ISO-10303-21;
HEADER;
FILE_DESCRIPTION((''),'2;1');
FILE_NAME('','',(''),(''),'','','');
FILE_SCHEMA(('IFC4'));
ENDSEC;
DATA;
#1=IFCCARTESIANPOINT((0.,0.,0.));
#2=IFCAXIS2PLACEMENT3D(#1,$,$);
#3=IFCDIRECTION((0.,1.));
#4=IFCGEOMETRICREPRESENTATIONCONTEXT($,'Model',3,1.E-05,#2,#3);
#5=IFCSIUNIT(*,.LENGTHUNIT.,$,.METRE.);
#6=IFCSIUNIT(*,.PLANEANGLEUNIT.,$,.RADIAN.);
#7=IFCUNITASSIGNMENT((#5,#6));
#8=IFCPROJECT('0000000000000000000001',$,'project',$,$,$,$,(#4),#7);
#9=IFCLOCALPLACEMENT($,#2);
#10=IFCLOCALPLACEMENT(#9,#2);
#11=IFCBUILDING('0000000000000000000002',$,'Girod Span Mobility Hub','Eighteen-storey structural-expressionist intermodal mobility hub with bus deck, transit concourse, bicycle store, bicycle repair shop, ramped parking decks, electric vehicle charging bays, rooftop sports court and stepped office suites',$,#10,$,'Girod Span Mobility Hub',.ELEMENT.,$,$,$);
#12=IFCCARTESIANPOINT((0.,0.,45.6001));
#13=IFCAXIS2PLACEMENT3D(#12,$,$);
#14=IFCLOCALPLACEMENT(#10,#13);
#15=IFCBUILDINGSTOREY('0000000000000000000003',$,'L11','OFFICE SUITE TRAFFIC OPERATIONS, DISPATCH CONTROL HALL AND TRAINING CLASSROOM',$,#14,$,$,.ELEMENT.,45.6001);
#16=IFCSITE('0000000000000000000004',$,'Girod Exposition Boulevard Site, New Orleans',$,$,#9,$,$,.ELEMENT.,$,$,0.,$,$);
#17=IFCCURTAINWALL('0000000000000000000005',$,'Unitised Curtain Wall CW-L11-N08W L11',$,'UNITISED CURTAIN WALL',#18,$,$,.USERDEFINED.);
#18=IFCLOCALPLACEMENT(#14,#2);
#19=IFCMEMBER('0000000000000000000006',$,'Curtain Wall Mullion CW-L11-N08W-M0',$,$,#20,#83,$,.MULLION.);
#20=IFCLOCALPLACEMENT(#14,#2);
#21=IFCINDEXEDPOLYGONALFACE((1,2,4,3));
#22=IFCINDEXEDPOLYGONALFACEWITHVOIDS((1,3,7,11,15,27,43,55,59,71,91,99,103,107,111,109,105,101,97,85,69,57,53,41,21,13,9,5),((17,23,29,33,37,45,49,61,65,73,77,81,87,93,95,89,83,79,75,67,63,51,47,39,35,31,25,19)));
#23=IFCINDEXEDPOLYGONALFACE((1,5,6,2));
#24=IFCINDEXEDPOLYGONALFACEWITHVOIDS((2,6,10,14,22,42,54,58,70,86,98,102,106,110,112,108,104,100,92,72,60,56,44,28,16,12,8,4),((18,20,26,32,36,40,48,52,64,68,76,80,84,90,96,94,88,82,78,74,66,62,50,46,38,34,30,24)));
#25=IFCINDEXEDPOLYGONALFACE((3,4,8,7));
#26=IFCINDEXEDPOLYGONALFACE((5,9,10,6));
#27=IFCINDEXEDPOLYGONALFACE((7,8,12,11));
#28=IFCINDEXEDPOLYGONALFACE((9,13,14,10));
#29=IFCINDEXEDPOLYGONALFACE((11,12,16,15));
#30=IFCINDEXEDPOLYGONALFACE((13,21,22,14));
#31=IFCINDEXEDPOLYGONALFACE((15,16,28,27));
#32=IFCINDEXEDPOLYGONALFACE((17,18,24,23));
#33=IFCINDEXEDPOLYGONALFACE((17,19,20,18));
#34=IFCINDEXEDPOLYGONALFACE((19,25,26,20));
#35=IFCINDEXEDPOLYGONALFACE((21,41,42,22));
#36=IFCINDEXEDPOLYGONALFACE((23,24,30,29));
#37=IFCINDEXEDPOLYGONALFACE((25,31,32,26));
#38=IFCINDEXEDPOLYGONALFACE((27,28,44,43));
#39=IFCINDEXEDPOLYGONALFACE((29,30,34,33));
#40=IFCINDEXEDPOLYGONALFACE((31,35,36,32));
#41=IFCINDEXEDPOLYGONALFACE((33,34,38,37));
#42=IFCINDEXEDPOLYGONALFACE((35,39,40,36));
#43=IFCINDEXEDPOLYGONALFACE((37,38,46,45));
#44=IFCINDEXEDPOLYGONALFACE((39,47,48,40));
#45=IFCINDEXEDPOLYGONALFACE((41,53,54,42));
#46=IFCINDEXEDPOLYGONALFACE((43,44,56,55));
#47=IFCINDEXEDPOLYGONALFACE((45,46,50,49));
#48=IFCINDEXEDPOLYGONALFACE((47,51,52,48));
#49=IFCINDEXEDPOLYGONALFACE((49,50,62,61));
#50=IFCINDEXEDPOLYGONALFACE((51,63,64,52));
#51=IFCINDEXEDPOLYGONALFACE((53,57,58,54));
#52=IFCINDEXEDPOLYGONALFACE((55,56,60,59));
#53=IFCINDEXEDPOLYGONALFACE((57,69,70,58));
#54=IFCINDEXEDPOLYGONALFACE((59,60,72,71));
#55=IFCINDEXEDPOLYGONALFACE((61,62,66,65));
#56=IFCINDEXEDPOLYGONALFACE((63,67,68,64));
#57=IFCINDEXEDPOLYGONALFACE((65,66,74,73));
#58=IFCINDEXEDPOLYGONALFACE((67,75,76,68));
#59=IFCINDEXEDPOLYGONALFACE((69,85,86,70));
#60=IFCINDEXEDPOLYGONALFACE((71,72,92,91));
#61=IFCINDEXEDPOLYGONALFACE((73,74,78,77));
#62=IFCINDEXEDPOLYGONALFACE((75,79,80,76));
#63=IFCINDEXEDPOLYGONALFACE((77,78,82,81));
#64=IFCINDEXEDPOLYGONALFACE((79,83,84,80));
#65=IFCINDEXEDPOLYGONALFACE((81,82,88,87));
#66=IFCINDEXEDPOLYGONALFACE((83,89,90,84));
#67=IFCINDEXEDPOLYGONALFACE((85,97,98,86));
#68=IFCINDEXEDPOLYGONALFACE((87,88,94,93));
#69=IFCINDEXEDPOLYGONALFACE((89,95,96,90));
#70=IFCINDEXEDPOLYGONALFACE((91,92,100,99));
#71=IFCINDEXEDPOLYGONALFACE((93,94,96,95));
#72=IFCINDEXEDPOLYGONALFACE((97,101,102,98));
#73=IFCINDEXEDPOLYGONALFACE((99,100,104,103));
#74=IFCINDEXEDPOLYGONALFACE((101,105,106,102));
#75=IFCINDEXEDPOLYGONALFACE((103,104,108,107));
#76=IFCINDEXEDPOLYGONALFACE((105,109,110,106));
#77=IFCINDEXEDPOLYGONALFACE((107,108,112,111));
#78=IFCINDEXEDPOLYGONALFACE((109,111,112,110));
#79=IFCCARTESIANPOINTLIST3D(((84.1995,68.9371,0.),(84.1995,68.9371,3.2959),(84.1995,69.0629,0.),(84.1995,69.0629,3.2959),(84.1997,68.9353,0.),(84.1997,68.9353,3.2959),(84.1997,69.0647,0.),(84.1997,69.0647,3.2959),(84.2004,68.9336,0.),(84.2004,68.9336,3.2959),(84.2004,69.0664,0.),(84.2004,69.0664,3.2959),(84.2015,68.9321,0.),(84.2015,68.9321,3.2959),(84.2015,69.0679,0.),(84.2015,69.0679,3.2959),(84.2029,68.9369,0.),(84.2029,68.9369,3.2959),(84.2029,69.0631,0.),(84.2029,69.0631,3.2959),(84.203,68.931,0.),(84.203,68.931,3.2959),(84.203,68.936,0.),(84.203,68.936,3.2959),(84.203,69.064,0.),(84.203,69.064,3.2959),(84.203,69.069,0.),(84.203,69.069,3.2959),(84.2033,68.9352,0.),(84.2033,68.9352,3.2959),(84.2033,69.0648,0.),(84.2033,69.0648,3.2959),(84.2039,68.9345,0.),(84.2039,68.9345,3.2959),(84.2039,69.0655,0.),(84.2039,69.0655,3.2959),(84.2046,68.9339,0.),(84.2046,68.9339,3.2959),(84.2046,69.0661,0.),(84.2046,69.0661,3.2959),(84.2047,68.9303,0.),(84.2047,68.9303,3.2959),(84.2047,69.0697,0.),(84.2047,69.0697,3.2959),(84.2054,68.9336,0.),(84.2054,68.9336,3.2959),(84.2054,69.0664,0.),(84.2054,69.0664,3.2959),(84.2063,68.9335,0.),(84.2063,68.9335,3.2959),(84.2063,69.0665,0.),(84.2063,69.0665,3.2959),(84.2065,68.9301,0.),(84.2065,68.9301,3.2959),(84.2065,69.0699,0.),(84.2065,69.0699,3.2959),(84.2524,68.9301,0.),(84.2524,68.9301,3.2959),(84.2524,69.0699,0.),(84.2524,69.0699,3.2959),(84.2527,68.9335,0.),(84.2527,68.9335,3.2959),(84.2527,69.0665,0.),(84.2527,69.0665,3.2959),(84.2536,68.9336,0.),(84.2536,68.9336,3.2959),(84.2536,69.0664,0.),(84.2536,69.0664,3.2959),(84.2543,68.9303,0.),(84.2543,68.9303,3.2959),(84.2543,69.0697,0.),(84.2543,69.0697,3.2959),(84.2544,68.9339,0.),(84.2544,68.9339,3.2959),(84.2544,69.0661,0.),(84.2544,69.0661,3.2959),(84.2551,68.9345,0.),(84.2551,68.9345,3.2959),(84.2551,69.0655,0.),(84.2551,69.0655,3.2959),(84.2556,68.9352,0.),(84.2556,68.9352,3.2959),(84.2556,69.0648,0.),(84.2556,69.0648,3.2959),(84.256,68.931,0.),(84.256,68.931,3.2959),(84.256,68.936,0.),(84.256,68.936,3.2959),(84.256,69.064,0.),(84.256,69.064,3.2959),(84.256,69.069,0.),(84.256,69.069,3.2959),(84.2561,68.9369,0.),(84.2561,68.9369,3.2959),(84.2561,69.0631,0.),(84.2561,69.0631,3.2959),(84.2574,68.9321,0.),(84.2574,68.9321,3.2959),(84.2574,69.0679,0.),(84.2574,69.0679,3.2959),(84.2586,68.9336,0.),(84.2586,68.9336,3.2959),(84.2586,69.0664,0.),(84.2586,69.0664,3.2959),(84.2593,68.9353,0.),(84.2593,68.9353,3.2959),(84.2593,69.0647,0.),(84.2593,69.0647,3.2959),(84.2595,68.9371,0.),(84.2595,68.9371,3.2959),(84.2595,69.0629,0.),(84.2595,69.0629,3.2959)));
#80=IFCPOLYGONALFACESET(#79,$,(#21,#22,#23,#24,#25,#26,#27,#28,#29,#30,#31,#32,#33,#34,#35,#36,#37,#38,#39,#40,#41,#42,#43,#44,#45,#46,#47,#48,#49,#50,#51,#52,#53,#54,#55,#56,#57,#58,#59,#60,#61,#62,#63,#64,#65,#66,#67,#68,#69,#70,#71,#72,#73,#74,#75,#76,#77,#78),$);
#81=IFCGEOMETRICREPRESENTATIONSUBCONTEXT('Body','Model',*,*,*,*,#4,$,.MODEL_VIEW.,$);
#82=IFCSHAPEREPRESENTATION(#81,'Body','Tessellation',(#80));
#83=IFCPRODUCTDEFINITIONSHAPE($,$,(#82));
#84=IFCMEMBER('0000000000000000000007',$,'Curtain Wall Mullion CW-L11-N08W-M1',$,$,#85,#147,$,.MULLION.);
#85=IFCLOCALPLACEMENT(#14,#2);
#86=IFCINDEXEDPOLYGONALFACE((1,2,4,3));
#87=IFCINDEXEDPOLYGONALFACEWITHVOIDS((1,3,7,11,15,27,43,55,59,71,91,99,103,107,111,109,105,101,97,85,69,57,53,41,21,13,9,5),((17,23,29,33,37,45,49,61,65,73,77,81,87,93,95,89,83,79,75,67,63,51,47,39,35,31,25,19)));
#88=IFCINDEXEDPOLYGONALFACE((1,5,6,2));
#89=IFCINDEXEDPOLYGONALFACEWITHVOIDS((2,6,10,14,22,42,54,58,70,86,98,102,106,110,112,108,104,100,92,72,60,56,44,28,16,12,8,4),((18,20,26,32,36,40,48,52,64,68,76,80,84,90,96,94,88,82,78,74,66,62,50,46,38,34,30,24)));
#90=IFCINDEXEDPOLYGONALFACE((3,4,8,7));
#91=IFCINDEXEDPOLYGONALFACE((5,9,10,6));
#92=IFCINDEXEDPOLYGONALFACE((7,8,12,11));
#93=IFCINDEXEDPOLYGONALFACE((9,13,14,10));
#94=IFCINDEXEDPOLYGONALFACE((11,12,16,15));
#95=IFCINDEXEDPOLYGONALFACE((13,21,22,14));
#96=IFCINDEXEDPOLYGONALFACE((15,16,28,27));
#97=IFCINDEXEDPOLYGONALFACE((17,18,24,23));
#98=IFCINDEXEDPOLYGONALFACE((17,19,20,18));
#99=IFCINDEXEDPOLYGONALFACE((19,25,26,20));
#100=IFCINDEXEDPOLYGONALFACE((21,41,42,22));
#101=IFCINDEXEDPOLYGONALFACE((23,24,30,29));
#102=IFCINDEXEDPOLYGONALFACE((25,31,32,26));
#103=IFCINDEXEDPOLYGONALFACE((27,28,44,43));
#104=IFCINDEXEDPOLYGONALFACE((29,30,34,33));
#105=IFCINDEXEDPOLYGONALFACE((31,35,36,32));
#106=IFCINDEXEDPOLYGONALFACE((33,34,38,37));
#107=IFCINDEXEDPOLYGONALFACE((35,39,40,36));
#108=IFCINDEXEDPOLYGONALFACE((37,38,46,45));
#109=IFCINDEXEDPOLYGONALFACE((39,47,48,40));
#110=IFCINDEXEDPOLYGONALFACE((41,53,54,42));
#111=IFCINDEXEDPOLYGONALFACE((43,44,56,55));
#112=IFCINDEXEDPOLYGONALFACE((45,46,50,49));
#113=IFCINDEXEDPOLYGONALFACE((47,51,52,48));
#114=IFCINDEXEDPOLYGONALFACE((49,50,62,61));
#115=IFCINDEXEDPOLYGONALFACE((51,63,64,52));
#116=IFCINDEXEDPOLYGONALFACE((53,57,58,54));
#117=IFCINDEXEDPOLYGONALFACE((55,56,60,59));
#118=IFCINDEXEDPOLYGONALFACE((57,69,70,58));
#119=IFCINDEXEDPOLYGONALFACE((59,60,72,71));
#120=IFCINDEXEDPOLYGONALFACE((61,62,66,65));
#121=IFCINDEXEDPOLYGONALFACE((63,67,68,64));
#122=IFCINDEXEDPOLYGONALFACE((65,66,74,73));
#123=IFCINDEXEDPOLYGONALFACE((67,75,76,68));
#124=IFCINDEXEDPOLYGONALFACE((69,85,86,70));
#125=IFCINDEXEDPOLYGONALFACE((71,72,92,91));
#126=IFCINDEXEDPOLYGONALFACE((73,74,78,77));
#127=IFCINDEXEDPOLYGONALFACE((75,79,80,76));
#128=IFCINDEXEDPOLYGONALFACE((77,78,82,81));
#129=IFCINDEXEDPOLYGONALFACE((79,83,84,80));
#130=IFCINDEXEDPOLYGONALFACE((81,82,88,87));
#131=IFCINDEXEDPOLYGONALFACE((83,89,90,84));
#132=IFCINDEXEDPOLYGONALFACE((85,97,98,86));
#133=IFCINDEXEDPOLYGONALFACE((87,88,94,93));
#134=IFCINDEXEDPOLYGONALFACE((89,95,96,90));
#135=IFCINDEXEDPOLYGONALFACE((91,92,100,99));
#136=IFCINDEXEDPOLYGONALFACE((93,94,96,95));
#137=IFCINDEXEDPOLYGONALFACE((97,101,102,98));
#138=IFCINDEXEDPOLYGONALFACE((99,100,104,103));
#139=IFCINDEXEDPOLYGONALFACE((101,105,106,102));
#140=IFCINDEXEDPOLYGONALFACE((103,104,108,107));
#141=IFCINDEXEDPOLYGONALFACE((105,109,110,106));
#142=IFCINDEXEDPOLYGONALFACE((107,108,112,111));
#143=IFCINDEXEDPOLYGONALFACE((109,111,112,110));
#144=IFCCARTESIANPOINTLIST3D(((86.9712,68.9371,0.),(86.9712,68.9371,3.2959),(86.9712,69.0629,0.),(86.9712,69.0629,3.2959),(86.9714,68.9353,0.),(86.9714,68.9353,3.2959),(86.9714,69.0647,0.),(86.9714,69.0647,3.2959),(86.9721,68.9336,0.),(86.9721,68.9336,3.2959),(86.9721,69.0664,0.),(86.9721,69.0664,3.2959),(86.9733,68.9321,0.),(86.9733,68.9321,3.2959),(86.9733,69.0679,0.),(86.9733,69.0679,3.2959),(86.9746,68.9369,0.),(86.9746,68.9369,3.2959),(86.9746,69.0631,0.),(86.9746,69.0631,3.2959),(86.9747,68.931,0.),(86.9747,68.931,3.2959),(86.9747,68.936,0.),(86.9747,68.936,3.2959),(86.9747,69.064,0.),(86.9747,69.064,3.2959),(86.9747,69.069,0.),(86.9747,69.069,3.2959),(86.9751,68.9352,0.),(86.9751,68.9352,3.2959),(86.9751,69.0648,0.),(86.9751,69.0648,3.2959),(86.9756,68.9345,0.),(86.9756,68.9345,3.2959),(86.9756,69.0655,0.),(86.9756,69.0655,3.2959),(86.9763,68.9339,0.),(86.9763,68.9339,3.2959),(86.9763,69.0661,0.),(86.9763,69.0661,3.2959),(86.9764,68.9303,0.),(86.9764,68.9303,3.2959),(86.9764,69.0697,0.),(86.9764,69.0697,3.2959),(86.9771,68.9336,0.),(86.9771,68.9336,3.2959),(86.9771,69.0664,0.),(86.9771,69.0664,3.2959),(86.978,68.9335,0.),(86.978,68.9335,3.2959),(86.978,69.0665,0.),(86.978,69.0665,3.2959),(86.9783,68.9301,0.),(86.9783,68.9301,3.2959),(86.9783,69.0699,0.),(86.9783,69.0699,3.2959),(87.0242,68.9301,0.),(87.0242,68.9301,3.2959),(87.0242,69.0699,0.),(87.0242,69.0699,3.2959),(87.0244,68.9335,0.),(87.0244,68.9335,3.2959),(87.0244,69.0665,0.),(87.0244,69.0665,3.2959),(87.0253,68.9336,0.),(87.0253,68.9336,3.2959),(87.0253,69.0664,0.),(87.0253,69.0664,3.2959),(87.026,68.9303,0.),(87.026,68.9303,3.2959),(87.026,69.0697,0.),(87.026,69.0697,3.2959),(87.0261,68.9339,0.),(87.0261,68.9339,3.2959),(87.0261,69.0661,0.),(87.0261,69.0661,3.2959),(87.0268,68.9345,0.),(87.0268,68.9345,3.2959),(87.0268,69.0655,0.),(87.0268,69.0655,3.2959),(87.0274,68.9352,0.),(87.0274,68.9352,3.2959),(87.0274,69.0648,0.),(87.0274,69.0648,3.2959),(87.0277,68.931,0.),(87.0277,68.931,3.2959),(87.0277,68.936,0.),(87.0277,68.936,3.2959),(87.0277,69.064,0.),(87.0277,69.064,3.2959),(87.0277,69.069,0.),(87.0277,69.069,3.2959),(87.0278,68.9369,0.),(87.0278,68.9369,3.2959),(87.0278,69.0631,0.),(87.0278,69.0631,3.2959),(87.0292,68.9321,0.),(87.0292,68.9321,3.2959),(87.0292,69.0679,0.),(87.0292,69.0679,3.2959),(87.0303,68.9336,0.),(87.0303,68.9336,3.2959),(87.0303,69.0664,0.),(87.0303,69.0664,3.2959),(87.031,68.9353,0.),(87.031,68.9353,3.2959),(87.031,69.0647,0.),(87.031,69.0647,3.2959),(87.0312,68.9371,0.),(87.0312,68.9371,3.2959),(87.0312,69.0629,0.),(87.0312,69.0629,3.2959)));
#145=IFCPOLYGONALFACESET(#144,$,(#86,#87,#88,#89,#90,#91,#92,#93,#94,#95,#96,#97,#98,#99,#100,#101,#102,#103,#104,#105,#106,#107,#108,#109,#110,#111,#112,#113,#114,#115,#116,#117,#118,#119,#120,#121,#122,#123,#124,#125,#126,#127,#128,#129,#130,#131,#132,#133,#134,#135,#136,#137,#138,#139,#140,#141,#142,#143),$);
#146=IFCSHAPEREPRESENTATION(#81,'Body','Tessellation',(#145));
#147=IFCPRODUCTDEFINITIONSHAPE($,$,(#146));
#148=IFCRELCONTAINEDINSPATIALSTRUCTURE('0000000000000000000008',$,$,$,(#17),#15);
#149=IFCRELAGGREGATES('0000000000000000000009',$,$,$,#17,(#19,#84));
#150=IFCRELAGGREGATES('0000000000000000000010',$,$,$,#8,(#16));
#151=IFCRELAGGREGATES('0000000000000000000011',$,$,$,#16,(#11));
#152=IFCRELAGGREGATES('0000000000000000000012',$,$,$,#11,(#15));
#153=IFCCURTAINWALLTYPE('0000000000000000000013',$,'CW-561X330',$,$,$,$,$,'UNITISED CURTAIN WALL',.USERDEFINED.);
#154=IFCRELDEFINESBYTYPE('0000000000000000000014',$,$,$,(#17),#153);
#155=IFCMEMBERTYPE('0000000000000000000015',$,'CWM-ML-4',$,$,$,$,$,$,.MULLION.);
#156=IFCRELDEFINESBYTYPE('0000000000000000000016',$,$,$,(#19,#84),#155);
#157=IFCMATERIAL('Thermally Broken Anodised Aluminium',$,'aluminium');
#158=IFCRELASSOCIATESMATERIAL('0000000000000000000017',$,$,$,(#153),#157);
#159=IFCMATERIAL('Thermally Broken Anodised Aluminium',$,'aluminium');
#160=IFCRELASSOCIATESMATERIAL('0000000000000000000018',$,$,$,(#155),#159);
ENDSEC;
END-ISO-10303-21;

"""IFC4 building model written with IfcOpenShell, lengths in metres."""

from ifc_helpers import new_model, si_unit, direction, frame, origin, origin_2d, place, context, subcontext, project, spatial, hollow_rectangle, extrude, material, material_profile, profile_set, type_object, element, aggregate, save


model = new_model("IFC4")

# Units and contexts
model_context = context("Model", 3, precision=1e-05, world=origin(), true_north=direction((0.0, 1.0)))
body_context = subcontext(model_context, "Body", "Model", "MODEL_VIEW")
ifc_project = project(units=[si_unit("LENGTHUNIT", "METRE"), si_unit("PLANEANGLEUNIT", "RADIAN")], contexts=[model_context])

# Site, building, storey
site_placement = place(None, origin())
site = spatial("IfcSite", under=ifc_project, at=site_placement, Name="Girod Exposition Boulevard Site, New Orleans", CompositionType="ELEMENT", RefElevation=0.0)
building_placement = place(site_placement, origin())
building = spatial("IfcBuilding", under=site, at=building_placement, Name="Girod Span Mobility Hub", Description="Eighteen-storey structural-expressionist intermodal mobility hub with bus deck, transit concourse, bicycle store, bicycle repair shop, ramped parking decks, electric vehicle charging bays, rooftop sports court and stepped office suites", LongName="Girod Span Mobility Hub", CompositionType="ELEMENT")
storey_placement = place(building_placement, frame((0.0, 0.0, 45.6001)))
storey = spatial("IfcBuildingStorey", under=building, at=storey_placement, Name="L11", Description="OFFICE SUITE TRAFFIC OPERATIONS, DISPATCH CONTROL HALL AND TRAINING CLASSROOM", CompositionType="ELEMENT", Elevation=45.6001)

# Curtain wall, members
ifc_material_1 = material(Name="Thermally Broken Anodised Aluminium", Category="aluminium")
curtain_wall_type = type_object("IfcCurtainWallType", Name="CW-561X330", ElementType="UNITISED CURTAIN WALL", PredefinedType="USERDEFINED", material=ifc_material_1)
curtain_wall_1_placement = place(storey_placement, origin())
curtain_wall_1 = element("IfcCurtainWall", 1, at=curtain_wall_1_placement, inside=storey, type_object=curtain_wall_type, Name="Unitised Curtain Wall CW-L11-N08W L11", ObjectType="UNITISED CURTAIN WALL", PredefinedType="USERDEFINED")
ifc_material_2 = material(Name="Thermally Broken Anodised Aluminium", Category="aluminium")
ifc_material_profile_1 = material_profile(ifc_material_2, hollow_rectangle(XDim=0.1399, YDim=0.0601, WallThickness=0.0034, InnerFilletRadius=0.0034, OuterFilletRadius=0.0071, at=origin_2d()), Name="CW-ML-60X140")
ifc_profile_set_1 = profile_set([ifc_material_profile_1], Name="Thermally Broken Anodised Aluminium")
member_type_1 = type_object("IfcMemberType", Name="CWM-ML-4", PredefinedType="MULLION", material=ifc_profile_set_1)
member_1_placement = place(storey_placement, frame((84.2295, 69.0, 0.0), z_axis=(0.0, 0.0, 1.0), x_axis=(0.0, 1.0, 0.0)))
member_1 = element("IfcMember", 2, at=member_1_placement, type_object=member_type_1, Name="Curtain Wall Mullion CW-L11-N08W-M0", PredefinedType="MULLION", context=body_context, shape_type="SweptSolid", body=[
    extrude(hollow_rectangle(XDim=0.1399, YDim=0.0601, WallThickness=0.0034, InnerFilletRadius=0.0034, OuterFilletRadius=0.0071, at=origin_2d()), origin(), (0.0, 0.0, 1.0), 3.2959),
])
member_2_placement = place(storey_placement, frame((87.0012, 69.0, 0.0), z_axis=(0.0, 0.0, 1.0), x_axis=(0.0, 1.0, 0.0)))
member_2 = element("IfcMember", 3, at=member_2_placement, type_object=member_type_1, Name="Curtain Wall Mullion CW-L11-N08W-M1", PredefinedType="MULLION", context=body_context, shape_type="SweptSolid", body=[
    extrude(hollow_rectangle(XDim=0.1399, YDim=0.0601, WallThickness=0.0034, InnerFilletRadius=0.0034, OuterFilletRadius=0.0071, at=origin_2d()), origin(), (0.0, 0.0, 1.0), 3.2959),
])

aggregate(curtain_wall_1, [member_1, member_2])

save(model, "model.ifc")
